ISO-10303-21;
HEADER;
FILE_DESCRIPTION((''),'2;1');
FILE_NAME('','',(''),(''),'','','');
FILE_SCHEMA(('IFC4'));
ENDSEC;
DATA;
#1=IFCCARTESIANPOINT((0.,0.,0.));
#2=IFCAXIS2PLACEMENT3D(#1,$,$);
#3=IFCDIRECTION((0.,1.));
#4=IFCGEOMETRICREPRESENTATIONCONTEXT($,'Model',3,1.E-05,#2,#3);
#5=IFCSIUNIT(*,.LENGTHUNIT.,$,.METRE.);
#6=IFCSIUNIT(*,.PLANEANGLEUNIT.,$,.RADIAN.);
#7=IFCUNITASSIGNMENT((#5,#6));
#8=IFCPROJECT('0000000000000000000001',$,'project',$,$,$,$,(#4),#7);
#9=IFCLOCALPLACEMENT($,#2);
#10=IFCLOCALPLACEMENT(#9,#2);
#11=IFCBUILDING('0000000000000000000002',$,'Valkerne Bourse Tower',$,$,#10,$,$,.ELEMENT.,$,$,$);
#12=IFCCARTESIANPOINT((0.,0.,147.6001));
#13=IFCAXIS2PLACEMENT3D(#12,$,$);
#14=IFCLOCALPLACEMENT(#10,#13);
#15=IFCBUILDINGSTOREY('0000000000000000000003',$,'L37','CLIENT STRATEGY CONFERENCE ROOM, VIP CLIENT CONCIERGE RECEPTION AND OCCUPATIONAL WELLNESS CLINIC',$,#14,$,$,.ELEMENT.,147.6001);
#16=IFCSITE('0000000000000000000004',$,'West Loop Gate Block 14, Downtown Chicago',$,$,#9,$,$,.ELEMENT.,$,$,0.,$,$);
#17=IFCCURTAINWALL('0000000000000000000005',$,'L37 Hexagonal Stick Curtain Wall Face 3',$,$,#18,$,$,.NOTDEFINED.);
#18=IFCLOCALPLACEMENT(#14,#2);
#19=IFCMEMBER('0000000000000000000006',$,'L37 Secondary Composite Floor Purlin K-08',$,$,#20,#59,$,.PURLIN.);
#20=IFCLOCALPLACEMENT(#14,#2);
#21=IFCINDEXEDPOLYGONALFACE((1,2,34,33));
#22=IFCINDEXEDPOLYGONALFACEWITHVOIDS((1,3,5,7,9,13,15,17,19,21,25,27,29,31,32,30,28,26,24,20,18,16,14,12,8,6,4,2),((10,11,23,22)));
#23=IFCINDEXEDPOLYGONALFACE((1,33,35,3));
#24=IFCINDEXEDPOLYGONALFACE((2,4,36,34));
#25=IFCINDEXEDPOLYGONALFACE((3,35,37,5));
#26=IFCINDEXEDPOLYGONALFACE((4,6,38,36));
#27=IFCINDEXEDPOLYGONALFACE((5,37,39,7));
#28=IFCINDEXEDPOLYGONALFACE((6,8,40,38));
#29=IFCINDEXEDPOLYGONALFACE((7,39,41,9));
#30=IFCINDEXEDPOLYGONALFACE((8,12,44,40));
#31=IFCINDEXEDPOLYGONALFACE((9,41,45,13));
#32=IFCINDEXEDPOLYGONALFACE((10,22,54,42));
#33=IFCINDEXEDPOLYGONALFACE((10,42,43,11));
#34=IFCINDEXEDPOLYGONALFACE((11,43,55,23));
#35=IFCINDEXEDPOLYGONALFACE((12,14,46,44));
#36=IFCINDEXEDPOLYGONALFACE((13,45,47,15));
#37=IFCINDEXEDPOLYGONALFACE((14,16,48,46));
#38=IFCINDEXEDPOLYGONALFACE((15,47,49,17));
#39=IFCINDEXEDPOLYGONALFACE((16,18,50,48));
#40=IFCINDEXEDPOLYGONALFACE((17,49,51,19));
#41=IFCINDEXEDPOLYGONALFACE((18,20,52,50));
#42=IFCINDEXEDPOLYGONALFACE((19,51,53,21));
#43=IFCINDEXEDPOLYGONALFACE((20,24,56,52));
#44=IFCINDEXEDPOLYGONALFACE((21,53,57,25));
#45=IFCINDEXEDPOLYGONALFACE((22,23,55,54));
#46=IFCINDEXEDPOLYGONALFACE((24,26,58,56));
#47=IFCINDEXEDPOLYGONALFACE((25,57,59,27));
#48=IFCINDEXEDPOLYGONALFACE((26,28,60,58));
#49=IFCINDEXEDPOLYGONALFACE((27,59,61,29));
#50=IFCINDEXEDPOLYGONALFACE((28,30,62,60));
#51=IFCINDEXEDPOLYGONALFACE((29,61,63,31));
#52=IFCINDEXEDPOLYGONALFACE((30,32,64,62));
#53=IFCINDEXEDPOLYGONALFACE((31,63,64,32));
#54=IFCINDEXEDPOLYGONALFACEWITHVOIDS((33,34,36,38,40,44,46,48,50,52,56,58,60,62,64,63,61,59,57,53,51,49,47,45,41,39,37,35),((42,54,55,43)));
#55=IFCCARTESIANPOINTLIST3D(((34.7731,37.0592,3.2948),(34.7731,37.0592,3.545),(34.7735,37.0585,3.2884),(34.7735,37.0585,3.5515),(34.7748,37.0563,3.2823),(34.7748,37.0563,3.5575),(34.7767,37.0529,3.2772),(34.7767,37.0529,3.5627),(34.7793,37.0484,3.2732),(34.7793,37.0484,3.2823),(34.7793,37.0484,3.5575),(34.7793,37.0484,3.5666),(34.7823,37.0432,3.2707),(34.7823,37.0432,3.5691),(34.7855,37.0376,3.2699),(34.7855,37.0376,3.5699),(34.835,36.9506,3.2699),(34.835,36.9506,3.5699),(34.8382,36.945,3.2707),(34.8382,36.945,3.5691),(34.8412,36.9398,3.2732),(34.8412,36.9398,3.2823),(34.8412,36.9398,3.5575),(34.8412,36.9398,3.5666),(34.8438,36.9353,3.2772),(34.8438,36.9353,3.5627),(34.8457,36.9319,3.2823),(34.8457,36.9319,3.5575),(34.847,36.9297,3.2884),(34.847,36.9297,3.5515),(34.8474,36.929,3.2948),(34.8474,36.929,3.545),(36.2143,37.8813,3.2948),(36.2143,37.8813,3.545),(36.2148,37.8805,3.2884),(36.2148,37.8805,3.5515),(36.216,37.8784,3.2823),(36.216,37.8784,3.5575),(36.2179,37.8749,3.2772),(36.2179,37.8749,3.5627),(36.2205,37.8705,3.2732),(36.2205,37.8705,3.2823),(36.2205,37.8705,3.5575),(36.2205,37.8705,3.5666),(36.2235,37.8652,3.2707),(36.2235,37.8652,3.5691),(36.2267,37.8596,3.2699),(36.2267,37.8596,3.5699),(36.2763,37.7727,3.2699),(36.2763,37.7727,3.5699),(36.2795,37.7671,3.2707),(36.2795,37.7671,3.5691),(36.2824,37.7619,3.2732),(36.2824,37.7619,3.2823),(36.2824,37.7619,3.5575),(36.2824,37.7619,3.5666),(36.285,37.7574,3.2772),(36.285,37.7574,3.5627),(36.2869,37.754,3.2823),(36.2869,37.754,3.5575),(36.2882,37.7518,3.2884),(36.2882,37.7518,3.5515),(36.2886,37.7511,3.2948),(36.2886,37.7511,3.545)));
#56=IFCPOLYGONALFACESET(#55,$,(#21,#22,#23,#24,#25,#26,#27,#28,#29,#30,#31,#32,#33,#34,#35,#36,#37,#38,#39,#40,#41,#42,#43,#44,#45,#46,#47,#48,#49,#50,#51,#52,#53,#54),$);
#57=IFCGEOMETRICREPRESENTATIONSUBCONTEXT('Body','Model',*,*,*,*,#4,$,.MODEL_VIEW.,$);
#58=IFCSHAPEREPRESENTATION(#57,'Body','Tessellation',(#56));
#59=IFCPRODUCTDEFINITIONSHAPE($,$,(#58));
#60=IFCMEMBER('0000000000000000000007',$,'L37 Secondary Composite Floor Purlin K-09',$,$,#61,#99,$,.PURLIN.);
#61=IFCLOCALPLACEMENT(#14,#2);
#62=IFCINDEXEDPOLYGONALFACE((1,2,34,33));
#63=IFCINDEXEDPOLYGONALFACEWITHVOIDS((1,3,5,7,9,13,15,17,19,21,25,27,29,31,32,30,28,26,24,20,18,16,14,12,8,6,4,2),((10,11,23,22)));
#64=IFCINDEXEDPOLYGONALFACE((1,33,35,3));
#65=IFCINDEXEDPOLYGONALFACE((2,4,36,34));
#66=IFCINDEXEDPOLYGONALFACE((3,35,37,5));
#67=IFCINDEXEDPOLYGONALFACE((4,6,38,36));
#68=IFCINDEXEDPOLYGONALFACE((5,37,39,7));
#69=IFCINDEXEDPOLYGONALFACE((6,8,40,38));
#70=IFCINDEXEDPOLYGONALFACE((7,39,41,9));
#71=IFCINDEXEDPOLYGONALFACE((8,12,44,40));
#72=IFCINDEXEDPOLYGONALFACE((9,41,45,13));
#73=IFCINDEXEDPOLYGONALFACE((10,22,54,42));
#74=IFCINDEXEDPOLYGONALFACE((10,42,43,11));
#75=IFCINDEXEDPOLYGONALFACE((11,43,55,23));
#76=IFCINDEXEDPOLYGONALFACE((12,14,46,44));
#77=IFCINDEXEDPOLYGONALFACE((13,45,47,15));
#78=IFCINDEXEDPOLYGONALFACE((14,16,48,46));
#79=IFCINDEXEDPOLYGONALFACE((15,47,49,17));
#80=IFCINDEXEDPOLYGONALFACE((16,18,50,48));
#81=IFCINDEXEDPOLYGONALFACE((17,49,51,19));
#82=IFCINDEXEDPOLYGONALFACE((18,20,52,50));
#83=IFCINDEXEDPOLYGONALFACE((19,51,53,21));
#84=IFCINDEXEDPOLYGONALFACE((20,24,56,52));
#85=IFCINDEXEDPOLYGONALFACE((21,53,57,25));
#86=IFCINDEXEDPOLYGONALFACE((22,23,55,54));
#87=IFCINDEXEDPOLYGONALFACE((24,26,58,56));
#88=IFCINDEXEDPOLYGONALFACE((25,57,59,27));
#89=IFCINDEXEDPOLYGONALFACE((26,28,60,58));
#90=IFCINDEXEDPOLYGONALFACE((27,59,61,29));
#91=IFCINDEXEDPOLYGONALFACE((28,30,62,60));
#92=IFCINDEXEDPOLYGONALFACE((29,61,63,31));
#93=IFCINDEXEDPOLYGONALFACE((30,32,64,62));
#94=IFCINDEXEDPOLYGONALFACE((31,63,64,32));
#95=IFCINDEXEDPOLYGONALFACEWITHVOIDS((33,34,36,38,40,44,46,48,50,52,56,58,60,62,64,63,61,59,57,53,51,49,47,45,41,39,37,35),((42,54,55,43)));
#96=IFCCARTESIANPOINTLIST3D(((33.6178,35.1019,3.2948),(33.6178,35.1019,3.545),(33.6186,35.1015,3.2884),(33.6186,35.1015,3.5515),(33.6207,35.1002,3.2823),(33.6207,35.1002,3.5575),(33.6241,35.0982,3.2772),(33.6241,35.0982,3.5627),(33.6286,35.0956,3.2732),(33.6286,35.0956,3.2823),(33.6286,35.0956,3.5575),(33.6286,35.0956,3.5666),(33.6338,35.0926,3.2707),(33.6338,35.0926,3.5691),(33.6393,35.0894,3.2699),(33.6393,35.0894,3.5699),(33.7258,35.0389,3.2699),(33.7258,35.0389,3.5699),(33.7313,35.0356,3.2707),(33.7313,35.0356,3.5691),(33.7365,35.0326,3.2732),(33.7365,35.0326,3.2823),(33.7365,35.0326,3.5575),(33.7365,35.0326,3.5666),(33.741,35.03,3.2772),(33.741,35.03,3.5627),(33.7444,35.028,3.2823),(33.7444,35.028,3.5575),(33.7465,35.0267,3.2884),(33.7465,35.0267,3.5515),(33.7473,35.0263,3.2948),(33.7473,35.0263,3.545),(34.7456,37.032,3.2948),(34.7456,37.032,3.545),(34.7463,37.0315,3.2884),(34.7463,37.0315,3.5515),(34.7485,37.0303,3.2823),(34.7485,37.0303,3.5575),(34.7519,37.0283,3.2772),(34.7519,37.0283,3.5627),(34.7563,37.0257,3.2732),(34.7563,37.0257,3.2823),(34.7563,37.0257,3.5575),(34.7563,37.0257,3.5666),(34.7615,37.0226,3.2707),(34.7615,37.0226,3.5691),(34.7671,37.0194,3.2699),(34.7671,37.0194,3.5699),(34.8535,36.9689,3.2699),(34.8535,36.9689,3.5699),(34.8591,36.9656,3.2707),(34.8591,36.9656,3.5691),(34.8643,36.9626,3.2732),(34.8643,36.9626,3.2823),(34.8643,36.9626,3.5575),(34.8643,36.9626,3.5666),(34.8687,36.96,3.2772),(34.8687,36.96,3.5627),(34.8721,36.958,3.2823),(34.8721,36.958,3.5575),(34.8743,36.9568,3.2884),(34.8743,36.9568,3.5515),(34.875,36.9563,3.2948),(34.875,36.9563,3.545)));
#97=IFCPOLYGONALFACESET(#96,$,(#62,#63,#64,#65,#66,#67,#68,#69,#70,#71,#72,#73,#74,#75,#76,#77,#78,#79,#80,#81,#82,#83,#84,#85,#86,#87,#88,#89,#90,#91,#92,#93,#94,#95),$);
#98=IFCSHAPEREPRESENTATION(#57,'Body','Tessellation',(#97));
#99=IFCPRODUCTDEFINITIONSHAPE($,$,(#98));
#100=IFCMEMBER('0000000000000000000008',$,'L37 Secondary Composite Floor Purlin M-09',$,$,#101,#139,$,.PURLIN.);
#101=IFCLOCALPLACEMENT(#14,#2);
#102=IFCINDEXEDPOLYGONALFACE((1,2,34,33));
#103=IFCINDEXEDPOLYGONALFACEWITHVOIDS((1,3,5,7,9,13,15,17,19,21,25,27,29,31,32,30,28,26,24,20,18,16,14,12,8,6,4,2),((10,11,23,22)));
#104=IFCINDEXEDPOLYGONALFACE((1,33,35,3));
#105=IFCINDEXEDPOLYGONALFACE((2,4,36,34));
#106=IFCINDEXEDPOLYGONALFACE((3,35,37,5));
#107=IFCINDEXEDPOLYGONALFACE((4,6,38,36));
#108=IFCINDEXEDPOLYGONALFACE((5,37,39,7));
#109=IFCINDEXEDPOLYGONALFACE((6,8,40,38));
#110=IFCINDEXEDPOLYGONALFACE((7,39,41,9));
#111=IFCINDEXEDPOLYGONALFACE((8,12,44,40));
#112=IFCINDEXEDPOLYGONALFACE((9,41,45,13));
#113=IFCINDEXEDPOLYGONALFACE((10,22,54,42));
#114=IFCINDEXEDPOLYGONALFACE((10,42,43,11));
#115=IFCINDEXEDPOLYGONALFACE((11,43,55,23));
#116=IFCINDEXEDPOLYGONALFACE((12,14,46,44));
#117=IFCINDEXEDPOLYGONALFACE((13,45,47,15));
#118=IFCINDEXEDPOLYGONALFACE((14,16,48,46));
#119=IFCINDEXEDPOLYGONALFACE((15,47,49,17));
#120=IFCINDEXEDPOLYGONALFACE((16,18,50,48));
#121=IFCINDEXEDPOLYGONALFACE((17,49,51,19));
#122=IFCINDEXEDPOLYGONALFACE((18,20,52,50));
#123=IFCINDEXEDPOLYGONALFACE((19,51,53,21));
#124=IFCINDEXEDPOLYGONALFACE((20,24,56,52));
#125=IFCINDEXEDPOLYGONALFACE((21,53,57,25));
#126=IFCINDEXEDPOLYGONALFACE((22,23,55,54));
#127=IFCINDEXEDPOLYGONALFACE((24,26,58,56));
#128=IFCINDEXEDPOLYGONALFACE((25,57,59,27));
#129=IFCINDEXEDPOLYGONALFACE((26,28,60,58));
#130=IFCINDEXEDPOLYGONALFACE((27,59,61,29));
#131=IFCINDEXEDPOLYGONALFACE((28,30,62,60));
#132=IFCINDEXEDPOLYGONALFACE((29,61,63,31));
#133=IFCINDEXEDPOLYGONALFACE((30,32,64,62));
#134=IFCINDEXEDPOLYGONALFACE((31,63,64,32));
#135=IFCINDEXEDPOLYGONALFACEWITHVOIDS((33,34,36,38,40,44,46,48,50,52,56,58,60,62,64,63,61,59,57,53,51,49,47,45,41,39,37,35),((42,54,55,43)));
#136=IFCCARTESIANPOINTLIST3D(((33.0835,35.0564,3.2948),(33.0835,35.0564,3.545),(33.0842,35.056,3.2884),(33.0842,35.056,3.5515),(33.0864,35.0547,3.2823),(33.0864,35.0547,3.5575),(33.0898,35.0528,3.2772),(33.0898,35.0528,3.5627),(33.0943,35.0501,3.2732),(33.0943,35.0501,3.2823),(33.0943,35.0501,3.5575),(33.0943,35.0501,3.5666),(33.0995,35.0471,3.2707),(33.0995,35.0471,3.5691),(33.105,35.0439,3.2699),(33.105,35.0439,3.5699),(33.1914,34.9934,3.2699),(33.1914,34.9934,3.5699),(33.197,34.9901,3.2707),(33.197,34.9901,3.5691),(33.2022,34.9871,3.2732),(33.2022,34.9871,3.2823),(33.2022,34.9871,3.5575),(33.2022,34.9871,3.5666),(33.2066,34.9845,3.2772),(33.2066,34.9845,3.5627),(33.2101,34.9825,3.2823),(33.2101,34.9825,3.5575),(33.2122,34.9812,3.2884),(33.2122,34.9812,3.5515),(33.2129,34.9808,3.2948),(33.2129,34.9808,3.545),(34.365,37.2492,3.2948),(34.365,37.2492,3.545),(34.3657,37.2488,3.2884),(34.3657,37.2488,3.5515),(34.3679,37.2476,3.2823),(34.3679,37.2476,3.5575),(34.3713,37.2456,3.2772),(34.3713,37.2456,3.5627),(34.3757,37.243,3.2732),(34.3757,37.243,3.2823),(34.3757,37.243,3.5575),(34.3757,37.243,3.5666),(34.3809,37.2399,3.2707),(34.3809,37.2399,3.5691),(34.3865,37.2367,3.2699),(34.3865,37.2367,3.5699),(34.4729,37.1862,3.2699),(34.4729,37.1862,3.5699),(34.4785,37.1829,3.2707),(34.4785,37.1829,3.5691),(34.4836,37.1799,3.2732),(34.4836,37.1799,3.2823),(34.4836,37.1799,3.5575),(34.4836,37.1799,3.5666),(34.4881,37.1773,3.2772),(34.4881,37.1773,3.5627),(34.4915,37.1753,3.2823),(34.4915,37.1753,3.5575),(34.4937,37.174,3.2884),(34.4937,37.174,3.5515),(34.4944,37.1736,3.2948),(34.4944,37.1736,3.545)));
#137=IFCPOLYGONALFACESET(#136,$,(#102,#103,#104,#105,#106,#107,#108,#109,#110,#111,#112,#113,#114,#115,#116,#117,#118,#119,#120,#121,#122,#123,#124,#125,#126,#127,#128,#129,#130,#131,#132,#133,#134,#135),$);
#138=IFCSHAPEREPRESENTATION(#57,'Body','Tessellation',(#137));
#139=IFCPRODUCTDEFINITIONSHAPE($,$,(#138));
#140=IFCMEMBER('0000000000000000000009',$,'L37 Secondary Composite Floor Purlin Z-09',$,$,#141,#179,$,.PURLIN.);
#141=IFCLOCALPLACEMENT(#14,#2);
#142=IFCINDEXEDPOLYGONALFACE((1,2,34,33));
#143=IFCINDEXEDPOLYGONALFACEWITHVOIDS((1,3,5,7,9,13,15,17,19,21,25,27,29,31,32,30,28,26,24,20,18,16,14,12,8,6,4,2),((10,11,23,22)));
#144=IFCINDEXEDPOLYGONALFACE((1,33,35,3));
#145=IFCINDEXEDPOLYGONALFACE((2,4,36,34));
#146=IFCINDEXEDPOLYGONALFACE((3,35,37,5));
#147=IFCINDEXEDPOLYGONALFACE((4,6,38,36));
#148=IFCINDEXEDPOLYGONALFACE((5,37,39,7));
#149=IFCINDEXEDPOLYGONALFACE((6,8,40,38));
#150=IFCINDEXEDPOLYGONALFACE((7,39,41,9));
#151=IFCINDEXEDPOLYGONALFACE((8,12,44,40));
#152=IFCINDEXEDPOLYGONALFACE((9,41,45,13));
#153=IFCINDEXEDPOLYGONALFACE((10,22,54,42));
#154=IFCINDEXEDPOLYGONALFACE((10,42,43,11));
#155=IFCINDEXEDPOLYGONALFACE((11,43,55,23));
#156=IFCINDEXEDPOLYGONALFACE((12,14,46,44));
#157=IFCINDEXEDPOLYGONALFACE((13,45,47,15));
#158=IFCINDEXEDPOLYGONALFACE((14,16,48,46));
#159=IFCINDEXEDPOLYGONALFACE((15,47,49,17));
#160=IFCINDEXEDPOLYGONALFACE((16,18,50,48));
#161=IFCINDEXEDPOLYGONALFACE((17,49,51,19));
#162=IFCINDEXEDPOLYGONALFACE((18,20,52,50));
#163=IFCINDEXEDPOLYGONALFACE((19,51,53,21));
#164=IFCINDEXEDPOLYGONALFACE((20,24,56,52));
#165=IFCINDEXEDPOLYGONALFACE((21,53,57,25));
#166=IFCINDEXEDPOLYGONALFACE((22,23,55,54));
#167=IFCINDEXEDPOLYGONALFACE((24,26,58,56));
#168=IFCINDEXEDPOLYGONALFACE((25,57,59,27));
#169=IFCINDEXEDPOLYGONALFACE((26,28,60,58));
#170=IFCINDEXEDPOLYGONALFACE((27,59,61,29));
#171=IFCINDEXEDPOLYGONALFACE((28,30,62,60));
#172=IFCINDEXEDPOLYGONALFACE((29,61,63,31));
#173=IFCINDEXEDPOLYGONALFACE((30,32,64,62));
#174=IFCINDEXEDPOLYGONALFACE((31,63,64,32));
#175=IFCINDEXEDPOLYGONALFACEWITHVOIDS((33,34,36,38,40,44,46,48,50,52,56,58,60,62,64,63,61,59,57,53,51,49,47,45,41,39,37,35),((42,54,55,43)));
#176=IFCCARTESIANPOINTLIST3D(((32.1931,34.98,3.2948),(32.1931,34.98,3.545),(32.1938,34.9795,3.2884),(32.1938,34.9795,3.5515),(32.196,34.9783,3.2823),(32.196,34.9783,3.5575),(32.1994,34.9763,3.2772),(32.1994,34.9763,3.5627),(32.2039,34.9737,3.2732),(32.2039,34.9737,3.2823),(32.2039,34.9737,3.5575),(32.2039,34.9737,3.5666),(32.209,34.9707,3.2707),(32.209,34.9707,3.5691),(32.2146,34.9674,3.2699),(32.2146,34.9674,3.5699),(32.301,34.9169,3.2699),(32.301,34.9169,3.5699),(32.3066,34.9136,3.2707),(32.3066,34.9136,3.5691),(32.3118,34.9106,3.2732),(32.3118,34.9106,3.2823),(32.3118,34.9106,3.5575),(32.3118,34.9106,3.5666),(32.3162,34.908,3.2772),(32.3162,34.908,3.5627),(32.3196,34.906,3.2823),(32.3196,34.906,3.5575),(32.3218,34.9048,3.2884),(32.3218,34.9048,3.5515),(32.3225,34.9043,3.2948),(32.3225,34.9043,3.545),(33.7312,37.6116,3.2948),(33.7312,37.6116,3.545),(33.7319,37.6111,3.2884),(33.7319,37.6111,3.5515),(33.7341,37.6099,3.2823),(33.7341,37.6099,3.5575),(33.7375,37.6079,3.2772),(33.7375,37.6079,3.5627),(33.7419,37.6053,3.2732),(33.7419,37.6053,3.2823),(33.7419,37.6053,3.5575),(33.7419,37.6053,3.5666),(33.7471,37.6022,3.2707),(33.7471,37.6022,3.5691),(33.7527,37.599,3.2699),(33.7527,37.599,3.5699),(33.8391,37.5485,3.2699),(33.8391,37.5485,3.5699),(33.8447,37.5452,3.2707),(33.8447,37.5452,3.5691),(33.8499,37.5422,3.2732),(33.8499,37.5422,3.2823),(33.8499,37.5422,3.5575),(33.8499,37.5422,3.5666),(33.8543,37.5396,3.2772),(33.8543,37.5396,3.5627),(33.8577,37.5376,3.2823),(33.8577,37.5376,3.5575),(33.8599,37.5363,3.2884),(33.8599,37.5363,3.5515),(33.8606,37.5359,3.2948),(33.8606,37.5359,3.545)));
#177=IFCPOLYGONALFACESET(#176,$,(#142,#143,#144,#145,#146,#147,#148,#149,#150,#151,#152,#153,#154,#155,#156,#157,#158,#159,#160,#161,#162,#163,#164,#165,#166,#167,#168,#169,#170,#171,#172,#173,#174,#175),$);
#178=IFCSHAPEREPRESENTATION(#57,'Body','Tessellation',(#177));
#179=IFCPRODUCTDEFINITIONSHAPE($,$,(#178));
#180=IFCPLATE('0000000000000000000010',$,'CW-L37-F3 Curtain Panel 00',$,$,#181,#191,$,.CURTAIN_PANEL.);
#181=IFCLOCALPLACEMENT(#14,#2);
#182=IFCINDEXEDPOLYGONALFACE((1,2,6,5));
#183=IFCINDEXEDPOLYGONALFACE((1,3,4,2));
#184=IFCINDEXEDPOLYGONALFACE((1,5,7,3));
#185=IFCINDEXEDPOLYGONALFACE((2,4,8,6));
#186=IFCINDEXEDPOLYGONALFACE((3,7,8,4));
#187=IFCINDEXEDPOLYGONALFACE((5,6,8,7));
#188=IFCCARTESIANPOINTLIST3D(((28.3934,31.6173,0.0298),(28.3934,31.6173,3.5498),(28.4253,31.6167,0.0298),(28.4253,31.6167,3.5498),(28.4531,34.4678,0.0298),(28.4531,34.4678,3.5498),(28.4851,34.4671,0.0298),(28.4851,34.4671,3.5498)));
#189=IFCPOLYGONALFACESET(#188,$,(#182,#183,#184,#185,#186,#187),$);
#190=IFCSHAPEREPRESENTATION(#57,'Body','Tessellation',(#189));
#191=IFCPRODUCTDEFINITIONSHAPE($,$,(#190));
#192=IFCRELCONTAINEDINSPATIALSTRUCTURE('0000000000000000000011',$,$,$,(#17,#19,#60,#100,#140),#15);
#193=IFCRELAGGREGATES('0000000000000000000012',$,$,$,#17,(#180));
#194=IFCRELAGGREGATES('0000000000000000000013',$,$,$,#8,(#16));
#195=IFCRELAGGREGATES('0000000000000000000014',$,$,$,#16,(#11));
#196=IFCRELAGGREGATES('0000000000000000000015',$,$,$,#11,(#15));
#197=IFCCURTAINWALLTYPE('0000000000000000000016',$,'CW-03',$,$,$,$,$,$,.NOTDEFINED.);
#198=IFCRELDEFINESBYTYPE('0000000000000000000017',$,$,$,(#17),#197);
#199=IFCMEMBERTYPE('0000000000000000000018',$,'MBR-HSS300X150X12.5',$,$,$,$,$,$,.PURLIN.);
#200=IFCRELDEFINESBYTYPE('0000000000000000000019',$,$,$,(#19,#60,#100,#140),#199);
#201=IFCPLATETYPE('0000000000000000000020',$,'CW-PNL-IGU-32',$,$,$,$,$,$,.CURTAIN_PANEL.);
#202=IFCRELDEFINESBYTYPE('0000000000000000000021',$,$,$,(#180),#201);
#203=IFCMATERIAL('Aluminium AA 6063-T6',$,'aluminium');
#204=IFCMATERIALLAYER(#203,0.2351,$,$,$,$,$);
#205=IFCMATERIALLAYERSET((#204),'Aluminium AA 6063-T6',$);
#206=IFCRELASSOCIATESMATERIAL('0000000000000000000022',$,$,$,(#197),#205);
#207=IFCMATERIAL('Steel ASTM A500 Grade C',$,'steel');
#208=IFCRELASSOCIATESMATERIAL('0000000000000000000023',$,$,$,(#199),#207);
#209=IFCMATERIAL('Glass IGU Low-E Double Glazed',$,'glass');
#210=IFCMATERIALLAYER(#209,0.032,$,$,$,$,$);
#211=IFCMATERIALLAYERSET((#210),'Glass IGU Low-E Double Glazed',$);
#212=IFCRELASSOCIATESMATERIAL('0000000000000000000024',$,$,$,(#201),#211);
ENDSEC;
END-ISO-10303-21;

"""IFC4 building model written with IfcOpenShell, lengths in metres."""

from ifc_helpers import new_model, si_unit, direction, frame, origin, origin_2d, place, context, subcontext, project, spatial, rectangle, hollow_rectangle, extrude, material, layer, layer_set, material_profile, profile_set, type_object, element, aggregate, save


model = new_model("IFC4")

# Units and contexts
model_context = context("Model", 3, precision=1e-05, world=origin(), true_north=direction((0.0, 1.0)))
body_context = subcontext(model_context, "Body", "Model", "MODEL_VIEW")
ifc_project = project(units=[si_unit("LENGTHUNIT", "METRE"), si_unit("PLANEANGLEUNIT", "RADIAN")], contexts=[model_context])

# Site, building, storey
site_placement = place(None, origin())
site = spatial("IfcSite", under=ifc_project, at=site_placement, Name="West Loop Gate Block 14, Downtown Chicago", CompositionType="ELEMENT", RefElevation=0.0)
building_placement = place(site_placement, origin())
building = spatial("IfcBuilding", under=site, at=building_placement, Name="Valkerne Bourse Tower", CompositionType="ELEMENT")
storey_placement = place(building_placement, frame((0.0, 0.0, 147.6001)))
storey = spatial("IfcBuildingStorey", under=building, at=storey_placement, Name="L37", Description="CLIENT STRATEGY CONFERENCE ROOM, VIP CLIENT CONCIERGE RECEPTION AND OCCUPATIONAL WELLNESS CLINIC", CompositionType="ELEMENT", Elevation=147.6001)

# Curtain wall
ifc_material_1 = material(Name="Aluminium AA 6063-T6", Category="aluminium")
ifc_layer_1 = layer(ifc_material_1, 0.2351)
ifc_layer_set_1 = layer_set([ifc_layer_1], Name="Aluminium AA 6063-T6")
curtain_wall_type = type_object("IfcCurtainWallType", Name="CW-03", PredefinedType="NOTDEFINED", material=ifc_layer_set_1)
curtain_wall_placement = place(storey_placement, origin())
curtain_wall = element("IfcCurtainWall", 1, at=curtain_wall_placement, inside=storey, type_object=curtain_wall_type, Name="L37 Hexagonal Stick Curtain Wall Face 3", PredefinedType="NOTDEFINED")

# Members
ifc_material_2 = material(Name="Steel ASTM A500 Grade C", Category="steel")
ifc_material_profile_1 = material_profile(ifc_material_2, hollow_rectangle(XDim=0.1499, YDim=0.3, WallThickness=0.0125, OuterFilletRadius=0.0249, at=origin_2d()), Name="HSS300X150X12.5")
ifc_profile_set_1 = profile_set([ifc_material_profile_1], Name="Steel ASTM A500 Grade C")
member_type_1 = type_object("IfcMemberType", Name="MBR-HSS300X150X12.5", PredefinedType="PURLIN", material=ifc_profile_set_1)
member_1_placement = place(storey_placement, frame((36.2515, 37.8162, 3.4199), z_axis=(-0.868632, -0.495457, 0.0), x_axis=(0.495457, -0.868632, 0.0)))
element("IfcMember", 2, at=member_1_placement, inside=storey, type_object=member_type_1, Name="L37 Secondary Composite Floor Purlin K-08", PredefinedType="PURLIN", context=body_context, shape_type="SweptSolid", body=[
    extrude(hollow_rectangle(XDim=0.1499, YDim=0.3, WallThickness=0.0125, OuterFilletRadius=0.0249, at=origin_2d()), origin(), (0.0, 0.0, 1.0), 1.6592),
])
member_2_placement = place(storey_placement, frame((34.8103, 36.9941, 3.4199), z_axis=(-0.504502, -0.86341, 0.0), x_axis=(0.86341, -0.504502, 0.0)))
element("IfcMember", 3, at=member_2_placement, inside=storey, type_object=member_type_1, Name="L37 Secondary Composite Floor Purlin K-09", PredefinedType="PURLIN", context=body_context, shape_type="SweptSolid", body=[
    extrude(hollow_rectangle(XDim=0.1499, YDim=0.3, WallThickness=0.0125, OuterFilletRadius=0.0249, at=origin_2d()), origin(), (0.0, 0.0, 1.0), 2.2354),
])
member_3_placement = place(storey_placement, frame((34.4297, 37.2114, 3.4199), z_axis=(-0.504552, -0.863381, 0.0), x_axis=(0.863381, -0.504552, 0.0)))
element("IfcMember", 4, at=member_3_placement, inside=storey, type_object=member_type_1, Name="L37 Secondary Composite Floor Purlin M-09", PredefinedType="PURLIN", context=body_context, shape_type="SweptSolid", body=[
    extrude(hollow_rectangle(XDim=0.1499, YDim=0.3, WallThickness=0.0125, OuterFilletRadius=0.0249, at=origin_2d()), origin(), (0.0, 0.0, 1.0), 2.5398),
])
member_4_placement = place(storey_placement, frame((33.7959, 37.5737, 3.4199), z_axis=(-0.504603, -0.863352, 0.0), x_axis=(0.863352, -0.504603, 0.0)))
element("IfcMember", 5, at=member_4_placement, inside=storey, type_object=member_type_1, Name="L37 Secondary Composite Floor Purlin Z-09", PredefinedType="PURLIN", context=body_context, shape_type="SweptSolid", body=[
    extrude(hollow_rectangle(XDim=0.1499, YDim=0.3, WallThickness=0.0125, OuterFilletRadius=0.0249, at=origin_2d()), origin(), (0.0, 0.0, 1.0), 3.0481),
])

# Plate
ifc_material_3 = material(Name="Glass IGU Low-E Double Glazed", Category="glass")
ifc_layer_2 = layer(ifc_material_3, 0.032)
ifc_layer_set_2 = layer_set([ifc_layer_2], Name="Glass IGU Low-E Double Glazed")
plate_type = type_object("IfcPlateType", Name="CW-PNL-IGU-32", PredefinedType="CURTAIN_PANEL", material=ifc_layer_set_2)
plate_placement = place(storey_placement, frame((28.4392, 33.0422, 0.0298), z_axis=(0.0, 0.0, 1.0), x_axis=(-0.020949, -0.999781, 0.0)))
plate = element("IfcPlate", 6, at=plate_placement, type_object=plate_type, Name="CW-L37-F3 Curtain Panel 00", PredefinedType="CURTAIN_PANEL", context=body_context, shape_type="SweptSolid", body=[
    extrude(rectangle(XDim=2.8511, YDim=0.032, at=origin_2d()), origin(), (0.0, 0.0, 1.0), 3.52),
])
aggregate(curtain_wall, [plate])

save(model, "model.ifc")
